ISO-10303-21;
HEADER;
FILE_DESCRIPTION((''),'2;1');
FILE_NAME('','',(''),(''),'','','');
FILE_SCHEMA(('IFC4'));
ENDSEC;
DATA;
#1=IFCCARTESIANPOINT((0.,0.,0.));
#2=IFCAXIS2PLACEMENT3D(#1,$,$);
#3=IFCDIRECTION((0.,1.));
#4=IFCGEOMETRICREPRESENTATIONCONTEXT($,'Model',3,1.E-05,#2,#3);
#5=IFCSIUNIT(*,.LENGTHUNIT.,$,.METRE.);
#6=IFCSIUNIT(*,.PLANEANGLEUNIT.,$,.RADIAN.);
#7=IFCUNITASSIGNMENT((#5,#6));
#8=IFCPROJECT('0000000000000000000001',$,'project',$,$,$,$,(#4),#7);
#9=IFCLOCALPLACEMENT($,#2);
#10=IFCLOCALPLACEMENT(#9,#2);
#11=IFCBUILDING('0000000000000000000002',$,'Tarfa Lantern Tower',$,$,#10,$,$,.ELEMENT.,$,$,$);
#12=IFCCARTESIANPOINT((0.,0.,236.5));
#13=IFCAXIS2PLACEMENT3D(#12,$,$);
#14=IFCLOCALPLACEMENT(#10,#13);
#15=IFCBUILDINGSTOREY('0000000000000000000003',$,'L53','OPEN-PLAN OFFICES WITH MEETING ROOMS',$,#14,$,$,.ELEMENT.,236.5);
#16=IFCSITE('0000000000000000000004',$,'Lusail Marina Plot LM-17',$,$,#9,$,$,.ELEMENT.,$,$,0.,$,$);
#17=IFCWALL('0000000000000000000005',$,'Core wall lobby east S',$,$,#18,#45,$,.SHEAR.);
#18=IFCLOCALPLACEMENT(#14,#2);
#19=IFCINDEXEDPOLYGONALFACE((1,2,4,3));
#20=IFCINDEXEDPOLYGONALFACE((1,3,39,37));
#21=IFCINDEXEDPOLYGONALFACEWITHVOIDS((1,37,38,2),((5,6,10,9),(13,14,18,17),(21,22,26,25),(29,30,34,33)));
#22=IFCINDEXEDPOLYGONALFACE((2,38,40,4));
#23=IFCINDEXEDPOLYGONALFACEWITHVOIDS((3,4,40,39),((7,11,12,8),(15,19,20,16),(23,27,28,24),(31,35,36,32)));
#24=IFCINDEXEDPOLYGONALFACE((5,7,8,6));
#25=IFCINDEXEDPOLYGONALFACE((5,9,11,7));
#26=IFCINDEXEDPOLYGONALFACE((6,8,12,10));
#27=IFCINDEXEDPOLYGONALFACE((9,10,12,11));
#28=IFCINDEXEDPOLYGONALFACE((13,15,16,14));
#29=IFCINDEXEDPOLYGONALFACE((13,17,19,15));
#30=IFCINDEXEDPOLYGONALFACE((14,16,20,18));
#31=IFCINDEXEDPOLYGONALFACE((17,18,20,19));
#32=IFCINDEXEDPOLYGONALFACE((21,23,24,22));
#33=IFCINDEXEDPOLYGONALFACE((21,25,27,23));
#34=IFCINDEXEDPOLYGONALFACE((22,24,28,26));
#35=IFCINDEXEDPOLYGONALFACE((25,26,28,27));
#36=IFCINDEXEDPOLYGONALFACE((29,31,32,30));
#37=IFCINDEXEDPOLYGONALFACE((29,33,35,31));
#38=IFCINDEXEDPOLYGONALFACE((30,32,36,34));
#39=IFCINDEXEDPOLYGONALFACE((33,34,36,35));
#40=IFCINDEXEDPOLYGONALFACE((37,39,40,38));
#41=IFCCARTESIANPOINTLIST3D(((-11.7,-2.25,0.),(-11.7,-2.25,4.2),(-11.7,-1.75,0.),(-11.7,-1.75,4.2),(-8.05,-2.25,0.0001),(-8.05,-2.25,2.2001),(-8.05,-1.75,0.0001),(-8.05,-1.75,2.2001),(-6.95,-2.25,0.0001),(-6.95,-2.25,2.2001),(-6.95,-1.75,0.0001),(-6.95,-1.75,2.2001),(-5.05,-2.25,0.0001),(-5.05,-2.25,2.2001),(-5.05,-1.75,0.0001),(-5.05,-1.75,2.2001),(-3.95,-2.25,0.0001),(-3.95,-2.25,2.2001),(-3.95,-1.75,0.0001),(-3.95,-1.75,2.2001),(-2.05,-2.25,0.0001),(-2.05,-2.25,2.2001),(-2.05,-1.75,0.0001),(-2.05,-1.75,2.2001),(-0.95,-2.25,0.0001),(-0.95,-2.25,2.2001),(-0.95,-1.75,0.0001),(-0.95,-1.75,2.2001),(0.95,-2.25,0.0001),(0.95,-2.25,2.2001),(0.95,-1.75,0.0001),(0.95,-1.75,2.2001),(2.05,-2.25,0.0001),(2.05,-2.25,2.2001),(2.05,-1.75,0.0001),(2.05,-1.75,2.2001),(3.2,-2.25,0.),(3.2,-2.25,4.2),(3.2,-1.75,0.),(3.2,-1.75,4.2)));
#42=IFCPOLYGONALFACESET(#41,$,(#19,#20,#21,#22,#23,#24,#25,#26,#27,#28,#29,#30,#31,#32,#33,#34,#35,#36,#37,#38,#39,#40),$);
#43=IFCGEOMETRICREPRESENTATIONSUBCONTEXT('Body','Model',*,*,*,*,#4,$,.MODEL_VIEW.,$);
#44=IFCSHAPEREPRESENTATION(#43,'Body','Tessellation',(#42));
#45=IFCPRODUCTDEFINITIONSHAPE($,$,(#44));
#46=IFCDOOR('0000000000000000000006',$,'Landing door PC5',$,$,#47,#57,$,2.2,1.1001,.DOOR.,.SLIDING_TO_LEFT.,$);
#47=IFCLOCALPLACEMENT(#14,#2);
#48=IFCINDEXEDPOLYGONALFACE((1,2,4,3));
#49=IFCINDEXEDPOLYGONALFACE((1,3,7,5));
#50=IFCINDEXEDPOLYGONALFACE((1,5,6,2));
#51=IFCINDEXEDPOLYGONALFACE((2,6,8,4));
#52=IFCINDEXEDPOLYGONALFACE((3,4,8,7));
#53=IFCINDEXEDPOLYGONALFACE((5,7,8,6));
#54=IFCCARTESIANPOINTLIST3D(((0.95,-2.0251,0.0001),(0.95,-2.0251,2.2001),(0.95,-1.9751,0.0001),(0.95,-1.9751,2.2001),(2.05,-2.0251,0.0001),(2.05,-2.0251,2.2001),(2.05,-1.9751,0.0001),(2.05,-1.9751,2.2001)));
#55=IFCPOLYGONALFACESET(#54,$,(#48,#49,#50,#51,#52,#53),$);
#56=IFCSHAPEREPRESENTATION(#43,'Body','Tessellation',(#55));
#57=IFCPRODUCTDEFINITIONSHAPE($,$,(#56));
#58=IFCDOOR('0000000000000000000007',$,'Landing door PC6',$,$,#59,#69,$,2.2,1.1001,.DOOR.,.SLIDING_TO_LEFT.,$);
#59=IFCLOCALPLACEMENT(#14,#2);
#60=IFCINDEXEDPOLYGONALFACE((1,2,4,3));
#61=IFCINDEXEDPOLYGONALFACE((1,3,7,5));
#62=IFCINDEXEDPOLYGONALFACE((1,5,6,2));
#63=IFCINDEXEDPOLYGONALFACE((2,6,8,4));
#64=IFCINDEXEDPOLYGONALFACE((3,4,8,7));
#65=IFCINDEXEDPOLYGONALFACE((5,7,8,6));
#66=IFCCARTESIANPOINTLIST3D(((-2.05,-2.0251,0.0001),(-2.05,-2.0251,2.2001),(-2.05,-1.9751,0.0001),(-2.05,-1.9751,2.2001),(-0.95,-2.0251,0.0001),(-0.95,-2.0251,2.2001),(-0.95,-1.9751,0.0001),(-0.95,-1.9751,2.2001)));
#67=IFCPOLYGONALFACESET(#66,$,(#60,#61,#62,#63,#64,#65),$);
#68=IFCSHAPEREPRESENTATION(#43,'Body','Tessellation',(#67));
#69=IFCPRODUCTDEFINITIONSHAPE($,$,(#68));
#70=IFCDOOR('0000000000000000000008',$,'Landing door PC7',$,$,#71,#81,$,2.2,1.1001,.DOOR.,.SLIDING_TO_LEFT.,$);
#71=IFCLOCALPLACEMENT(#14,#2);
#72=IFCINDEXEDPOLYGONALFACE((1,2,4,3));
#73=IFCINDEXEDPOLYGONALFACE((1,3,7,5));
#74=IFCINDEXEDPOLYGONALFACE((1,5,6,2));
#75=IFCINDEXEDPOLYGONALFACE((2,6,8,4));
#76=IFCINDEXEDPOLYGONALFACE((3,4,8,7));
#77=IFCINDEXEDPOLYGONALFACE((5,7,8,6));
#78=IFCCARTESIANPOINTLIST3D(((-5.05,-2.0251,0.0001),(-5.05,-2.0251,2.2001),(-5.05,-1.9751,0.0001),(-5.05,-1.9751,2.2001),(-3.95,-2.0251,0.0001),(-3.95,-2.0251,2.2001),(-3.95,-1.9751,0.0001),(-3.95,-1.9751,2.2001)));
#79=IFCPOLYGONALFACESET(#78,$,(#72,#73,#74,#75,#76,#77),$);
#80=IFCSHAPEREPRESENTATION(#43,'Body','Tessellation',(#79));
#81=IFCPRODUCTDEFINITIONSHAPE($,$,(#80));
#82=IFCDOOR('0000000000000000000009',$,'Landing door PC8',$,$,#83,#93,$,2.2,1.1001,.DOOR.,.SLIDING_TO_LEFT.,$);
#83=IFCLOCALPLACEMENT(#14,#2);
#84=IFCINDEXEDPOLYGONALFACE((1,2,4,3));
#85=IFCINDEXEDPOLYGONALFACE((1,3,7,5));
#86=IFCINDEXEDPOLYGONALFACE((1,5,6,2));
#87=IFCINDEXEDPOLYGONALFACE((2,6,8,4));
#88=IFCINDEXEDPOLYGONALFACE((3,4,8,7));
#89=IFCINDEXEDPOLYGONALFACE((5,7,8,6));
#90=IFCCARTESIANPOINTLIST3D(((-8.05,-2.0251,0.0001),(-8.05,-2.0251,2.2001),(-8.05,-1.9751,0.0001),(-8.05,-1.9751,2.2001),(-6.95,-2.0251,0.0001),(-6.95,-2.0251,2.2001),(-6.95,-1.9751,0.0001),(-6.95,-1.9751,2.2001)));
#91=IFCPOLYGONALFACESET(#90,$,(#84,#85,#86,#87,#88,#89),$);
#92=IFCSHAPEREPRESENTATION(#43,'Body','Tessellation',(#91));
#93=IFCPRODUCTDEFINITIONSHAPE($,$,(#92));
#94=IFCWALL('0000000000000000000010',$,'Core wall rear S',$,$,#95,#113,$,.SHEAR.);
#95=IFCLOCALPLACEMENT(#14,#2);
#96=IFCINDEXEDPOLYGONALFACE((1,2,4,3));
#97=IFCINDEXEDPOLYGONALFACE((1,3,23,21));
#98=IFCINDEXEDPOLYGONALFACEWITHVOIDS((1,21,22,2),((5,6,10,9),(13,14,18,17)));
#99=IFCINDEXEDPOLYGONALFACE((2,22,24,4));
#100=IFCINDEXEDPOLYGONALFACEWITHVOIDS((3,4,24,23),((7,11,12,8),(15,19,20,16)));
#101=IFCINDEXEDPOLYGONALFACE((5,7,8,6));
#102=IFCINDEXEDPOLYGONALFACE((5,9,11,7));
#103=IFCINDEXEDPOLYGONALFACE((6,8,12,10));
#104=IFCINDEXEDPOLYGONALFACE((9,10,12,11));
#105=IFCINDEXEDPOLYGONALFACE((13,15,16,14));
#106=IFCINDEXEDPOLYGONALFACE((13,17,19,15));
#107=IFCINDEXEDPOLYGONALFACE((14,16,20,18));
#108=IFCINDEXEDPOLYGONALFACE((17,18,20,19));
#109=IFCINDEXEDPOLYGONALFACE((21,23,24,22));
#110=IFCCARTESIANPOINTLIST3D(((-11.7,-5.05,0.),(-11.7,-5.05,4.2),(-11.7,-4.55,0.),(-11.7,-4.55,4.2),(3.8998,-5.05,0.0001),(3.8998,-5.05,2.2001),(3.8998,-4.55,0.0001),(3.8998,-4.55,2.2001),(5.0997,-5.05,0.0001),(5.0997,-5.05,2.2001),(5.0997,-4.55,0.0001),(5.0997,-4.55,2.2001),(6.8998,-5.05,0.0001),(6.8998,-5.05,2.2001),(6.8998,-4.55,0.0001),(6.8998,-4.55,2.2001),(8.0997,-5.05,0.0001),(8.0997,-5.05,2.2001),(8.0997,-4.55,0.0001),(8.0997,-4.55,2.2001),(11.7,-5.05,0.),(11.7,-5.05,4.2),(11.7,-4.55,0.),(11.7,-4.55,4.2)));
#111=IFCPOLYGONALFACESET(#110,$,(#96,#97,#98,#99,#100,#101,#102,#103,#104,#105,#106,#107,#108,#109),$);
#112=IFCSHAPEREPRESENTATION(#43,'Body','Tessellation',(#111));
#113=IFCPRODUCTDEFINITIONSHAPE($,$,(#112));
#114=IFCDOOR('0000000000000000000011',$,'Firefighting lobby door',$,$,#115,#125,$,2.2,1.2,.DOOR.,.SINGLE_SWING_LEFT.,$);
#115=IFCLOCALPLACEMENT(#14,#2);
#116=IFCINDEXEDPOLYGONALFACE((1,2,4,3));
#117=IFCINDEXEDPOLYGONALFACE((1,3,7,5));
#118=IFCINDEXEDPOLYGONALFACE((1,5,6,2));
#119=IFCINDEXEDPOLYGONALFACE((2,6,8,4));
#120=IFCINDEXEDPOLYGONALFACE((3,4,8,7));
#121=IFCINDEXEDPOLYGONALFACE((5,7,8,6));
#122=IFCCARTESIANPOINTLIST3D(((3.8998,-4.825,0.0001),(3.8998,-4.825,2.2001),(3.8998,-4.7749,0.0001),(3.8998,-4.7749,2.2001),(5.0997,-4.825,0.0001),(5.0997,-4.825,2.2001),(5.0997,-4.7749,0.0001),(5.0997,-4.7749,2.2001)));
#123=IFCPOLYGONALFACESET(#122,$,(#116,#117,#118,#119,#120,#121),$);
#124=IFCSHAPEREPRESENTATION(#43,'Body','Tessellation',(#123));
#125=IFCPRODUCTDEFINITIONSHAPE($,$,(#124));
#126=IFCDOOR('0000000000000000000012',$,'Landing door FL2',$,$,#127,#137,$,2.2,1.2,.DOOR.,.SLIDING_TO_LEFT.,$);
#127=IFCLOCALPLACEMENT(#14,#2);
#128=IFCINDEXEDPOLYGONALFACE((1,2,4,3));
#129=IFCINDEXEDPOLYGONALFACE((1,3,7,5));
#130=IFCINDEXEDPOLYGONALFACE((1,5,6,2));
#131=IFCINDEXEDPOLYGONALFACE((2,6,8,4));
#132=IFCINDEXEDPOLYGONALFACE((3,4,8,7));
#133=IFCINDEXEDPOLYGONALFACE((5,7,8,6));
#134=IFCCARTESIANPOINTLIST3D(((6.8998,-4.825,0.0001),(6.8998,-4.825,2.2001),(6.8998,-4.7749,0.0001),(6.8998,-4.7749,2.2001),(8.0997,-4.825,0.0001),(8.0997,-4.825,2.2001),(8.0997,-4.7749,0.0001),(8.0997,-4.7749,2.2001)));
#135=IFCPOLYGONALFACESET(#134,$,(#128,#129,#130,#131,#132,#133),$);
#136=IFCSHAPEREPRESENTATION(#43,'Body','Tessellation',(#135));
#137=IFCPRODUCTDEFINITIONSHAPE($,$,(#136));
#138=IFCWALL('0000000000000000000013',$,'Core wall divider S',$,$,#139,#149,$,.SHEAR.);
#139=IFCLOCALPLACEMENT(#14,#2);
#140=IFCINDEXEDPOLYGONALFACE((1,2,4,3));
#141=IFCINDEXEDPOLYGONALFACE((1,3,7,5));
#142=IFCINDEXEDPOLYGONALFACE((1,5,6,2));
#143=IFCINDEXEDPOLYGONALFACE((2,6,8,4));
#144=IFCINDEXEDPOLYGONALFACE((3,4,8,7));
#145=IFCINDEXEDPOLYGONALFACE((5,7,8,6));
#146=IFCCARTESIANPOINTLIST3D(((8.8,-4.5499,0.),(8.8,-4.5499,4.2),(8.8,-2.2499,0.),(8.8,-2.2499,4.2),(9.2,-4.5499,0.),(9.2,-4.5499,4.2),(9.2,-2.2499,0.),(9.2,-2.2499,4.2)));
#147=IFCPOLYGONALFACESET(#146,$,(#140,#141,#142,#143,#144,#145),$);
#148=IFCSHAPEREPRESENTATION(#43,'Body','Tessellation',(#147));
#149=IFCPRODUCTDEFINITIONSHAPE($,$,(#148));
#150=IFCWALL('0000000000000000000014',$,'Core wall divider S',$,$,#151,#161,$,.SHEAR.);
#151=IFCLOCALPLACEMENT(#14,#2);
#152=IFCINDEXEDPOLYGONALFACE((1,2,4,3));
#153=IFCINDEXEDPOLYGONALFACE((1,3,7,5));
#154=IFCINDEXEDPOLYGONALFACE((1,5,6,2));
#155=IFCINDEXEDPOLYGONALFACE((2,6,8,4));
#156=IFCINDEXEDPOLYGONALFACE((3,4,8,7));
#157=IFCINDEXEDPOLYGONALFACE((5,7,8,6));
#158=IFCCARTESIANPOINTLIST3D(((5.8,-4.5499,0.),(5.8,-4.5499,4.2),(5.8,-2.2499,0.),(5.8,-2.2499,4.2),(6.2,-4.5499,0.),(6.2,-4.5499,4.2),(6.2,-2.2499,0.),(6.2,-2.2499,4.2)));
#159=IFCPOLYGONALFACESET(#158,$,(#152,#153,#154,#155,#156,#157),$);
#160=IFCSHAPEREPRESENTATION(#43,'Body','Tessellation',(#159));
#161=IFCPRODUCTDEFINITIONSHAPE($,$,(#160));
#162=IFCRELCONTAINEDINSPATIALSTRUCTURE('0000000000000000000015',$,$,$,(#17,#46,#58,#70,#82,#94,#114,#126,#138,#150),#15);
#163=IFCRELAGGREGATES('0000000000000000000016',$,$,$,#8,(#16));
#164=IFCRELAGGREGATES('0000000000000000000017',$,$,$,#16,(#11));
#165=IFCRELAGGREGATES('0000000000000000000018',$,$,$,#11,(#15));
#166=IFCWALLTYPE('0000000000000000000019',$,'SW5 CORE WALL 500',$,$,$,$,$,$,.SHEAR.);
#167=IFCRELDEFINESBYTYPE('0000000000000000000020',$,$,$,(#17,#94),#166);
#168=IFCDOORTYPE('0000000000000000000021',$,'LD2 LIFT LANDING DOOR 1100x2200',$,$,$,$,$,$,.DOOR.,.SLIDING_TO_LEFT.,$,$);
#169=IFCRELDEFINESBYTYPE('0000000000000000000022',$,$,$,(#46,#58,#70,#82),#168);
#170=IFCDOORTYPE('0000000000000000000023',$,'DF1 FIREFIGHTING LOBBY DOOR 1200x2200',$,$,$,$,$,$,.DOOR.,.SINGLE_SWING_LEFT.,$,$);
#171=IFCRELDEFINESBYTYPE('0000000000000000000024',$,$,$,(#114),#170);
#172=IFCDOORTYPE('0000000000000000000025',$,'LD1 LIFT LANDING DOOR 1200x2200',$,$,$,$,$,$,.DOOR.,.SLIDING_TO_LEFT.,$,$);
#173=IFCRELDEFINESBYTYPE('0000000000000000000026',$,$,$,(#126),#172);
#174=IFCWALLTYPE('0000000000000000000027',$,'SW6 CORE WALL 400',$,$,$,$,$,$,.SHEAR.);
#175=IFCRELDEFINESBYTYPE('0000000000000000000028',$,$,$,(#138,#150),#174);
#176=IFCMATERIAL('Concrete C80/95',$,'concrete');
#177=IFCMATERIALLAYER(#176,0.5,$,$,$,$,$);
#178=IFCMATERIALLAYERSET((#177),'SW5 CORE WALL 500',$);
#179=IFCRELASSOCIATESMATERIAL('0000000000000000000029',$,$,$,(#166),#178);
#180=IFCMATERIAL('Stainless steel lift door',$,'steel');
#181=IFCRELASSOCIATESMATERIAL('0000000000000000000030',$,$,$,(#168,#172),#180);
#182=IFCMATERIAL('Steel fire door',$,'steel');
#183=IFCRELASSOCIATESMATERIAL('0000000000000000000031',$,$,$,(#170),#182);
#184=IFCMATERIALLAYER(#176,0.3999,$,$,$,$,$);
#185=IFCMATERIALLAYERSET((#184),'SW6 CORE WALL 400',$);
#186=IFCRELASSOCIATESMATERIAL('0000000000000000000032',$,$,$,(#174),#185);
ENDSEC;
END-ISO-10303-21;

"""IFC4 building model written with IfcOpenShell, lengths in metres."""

from ifc_helpers import new_model, si_unit, direction, frame, frame_2d, origin, place, context, subcontext, project, spatial, rectangle, extrude, material, layer, layer_set, type_object, element, fill, save


model = new_model("IFC4")

# Units and contexts
model_context = context("Model", 3, precision=1e-05, world=origin(), true_north=direction((0.0, 1.0)))
body_context = subcontext(model_context, "Body", "Model", "MODEL_VIEW")
ifc_project = project(units=[si_unit("LENGTHUNIT", "METRE"), si_unit("PLANEANGLEUNIT", "RADIAN")], contexts=[model_context])

# Site, building, storey
site_placement = place(None, origin())
site = spatial("IfcSite", under=ifc_project, at=site_placement, Name="Lusail Marina Plot LM-17", CompositionType="ELEMENT", RefElevation=0.0)
building_placement = place(site_placement, origin())
building = spatial("IfcBuilding", under=site, at=building_placement, Name="Tarfa Lantern Tower", CompositionType="ELEMENT")
storey_placement = place(building_placement, frame((0.0, 0.0, 236.5)))
storey = spatial("IfcBuildingStorey", under=building, at=storey_placement, Name="L53", Description="OPEN-PLAN OFFICES WITH MEETING ROOMS", CompositionType="ELEMENT", Elevation=236.5)

# Shared definitions
ifc_material_1 = material(Name="Concrete C80/95", Category="concrete")

# Shared definitions
ifc_material_2 = material(Name="Steel fire door", Category="steel")

# Shared definitions
ifc_layer_1 = layer(ifc_material_1, 0.5)
ifc_layer_set_1 = layer_set([ifc_layer_1], Name="SW5 CORE WALL 500")
wall_type_1 = type_object("IfcWallType", Name="SW5 CORE WALL 500", PredefinedType="SHEAR", material=ifc_layer_set_1)

# Walls, openings, doors
wall_1_placement = place(storey_placement, frame((3.2, -2.0, 0.0), z_axis=(0.0, 0.0, 1.0), x_axis=(-1.0, 0.0, 0.0)))
wall_1 = element("IfcWall", 1, at=wall_1_placement, inside=storey, type_object=wall_type_1, Name="Core wall lobby east S", PredefinedType="SHEAR", context=body_context, shape_type="SweptSolid", body=[
    extrude(rectangle(XDim=14.8999, YDim=0.5, at=frame_2d((7.45, 0.0))), origin(), (0.0, 0.0, 1.0), 4.2),
])
opening_1_placement = place(wall_1_placement, frame((1.1499, 0.0, 0.0)))
opening_1 = element("IfcOpeningElement", 2, at=opening_1_placement, cuts=wall_1, PredefinedType="OPENING", context=body_context, shape_type="SweptSolid", body=[
    extrude(rectangle(XDim=1.1001, YDim=2.2, at=frame_2d((0.55, 1.1001))), frame((0.0, 0.26, 0.0), z_axis=(0.0, -1.0, 0.0), x_axis=(1.0, 0.0, 0.0)), (0.0, 0.0, 1.0), 0.52),
])
opening_2_placement = place(wall_1_placement, frame((4.1499, 0.0, 0.0)))
opening_2 = element("IfcOpeningElement", 3, at=opening_2_placement, cuts=wall_1, PredefinedType="OPENING", context=body_context, shape_type="SweptSolid", body=[
    extrude(rectangle(XDim=1.1001, YDim=2.2, at=frame_2d((0.55, 1.1001))), frame((0.0, 0.26, 0.0), z_axis=(0.0, -1.0, 0.0), x_axis=(1.0, 0.0, 0.0)), (0.0, 0.0, 1.0), 0.52),
])
opening_3_placement = place(wall_1_placement, frame((7.1499, 0.0, 0.0)))
opening_3 = element("IfcOpeningElement", 4, at=opening_3_placement, cuts=wall_1, PredefinedType="OPENING", context=body_context, shape_type="SweptSolid", body=[
    extrude(rectangle(XDim=1.1001, YDim=2.2, at=frame_2d((0.55, 1.1001))), frame((0.0, 0.26, 0.0), z_axis=(0.0, -1.0, 0.0), x_axis=(1.0, 0.0, 0.0)), (0.0, 0.0, 1.0), 0.52),
])
opening_4_placement = place(wall_1_placement, frame((10.1499, 0.0, 0.0)))
opening_4 = element("IfcOpeningElement", 5, at=opening_4_placement, cuts=wall_1, PredefinedType="OPENING", context=body_context, shape_type="SweptSolid", body=[
    extrude(rectangle(XDim=1.1001, YDim=2.2, at=frame_2d((0.55, 1.1001))), frame((0.0, 0.26, 0.0), z_axis=(0.0, -1.0, 0.0), x_axis=(1.0, 0.0, 0.0)), (0.0, 0.0, 1.0), 0.52),
])
ifc_material_3 = material(Name="Stainless steel lift door", Category="steel")
door_type_1 = type_object("IfcDoorType", Name="LD2 LIFT LANDING DOOR 1100x2200", OperationType="SLIDING_TO_LEFT", PredefinedType="DOOR", material=ifc_material_3)
door_1_placement = place(opening_1_placement, frame((1.1001, 0.0, 0.0), z_axis=(0.0, 0.0, 1.0), x_axis=(-1.0, 0.0, 0.0)))
door_1 = element("IfcDoor", 6, at=door_1_placement, inside=storey, type_object=door_type_1, Name="Landing door PC5", OperationType="SLIDING_TO_LEFT", OverallHeight=2.2, OverallWidth=1.1001, PredefinedType="DOOR", context=body_context, shape_type="SweptSolid", body=[
    extrude(rectangle(XDim=1.1001, YDim=2.2, at=frame_2d((0.55, 1.1001))), frame((0.0, 0.0249, 0.0), z_axis=(0.0, -1.0, 0.0), x_axis=(1.0, 0.0, 0.0)), (0.0, 0.0, 1.0), 0.05),
])
fill(opening_1, door_1)
door_2_placement = place(opening_2_placement, frame((1.1001, 0.0, 0.0), z_axis=(0.0, 0.0, 1.0), x_axis=(-1.0, 0.0, 0.0)))
door_2 = element("IfcDoor", 7, at=door_2_placement, inside=storey, type_object=door_type_1, Name="Landing door PC6", OperationType="SLIDING_TO_LEFT", OverallHeight=2.2, OverallWidth=1.1001, PredefinedType="DOOR", context=body_context, shape_type="SweptSolid", body=[
    extrude(rectangle(XDim=1.1001, YDim=2.2, at=frame_2d((0.55, 1.1001))), frame((0.0, 0.0249, 0.0), z_axis=(0.0, -1.0, 0.0), x_axis=(1.0, 0.0, 0.0)), (0.0, 0.0, 1.0), 0.05),
])
fill(opening_2, door_2)
door_3_placement = place(opening_3_placement, frame((1.1001, 0.0, 0.0), z_axis=(0.0, 0.0, 1.0), x_axis=(-1.0, 0.0, 0.0)))
door_3 = element("IfcDoor", 8, at=door_3_placement, inside=storey, type_object=door_type_1, Name="Landing door PC7", OperationType="SLIDING_TO_LEFT", OverallHeight=2.2, OverallWidth=1.1001, PredefinedType="DOOR", context=body_context, shape_type="SweptSolid", body=[
    extrude(rectangle(XDim=1.1001, YDim=2.2, at=frame_2d((0.55, 1.1001))), frame((0.0, 0.0249, 0.0), z_axis=(0.0, -1.0, 0.0), x_axis=(1.0, 0.0, 0.0)), (0.0, 0.0, 1.0), 0.05),
])
fill(opening_3, door_3)
door_4_placement = place(opening_4_placement, frame((1.1001, 0.0, 0.0), z_axis=(0.0, 0.0, 1.0), x_axis=(-1.0, 0.0, 0.0)))
door_4 = element("IfcDoor", 9, at=door_4_placement, inside=storey, type_object=door_type_1, Name="Landing door PC8", OperationType="SLIDING_TO_LEFT", OverallHeight=2.2, OverallWidth=1.1001, PredefinedType="DOOR", context=body_context, shape_type="SweptSolid", body=[
    extrude(rectangle(XDim=1.1001, YDim=2.2, at=frame_2d((0.55, 1.1001))), frame((0.0, 0.0249, 0.0), z_axis=(0.0, -1.0, 0.0), x_axis=(1.0, 0.0, 0.0)), (0.0, 0.0, 1.0), 0.05),
])
fill(opening_4, door_4)
wall_2_placement = place(storey_placement, frame((11.7, -4.8, 0.0), z_axis=(0.0, 0.0, 1.0), x_axis=(-1.0, 0.0, 0.0)))
wall_2 = element("IfcWall", 10, at=wall_2_placement, inside=storey, type_object=wall_type_1, Name="Core wall rear S", PredefinedType="SHEAR", context=body_context, shape_type="SweptSolid", body=[
    extrude(rectangle(XDim=23.3999, YDim=0.5, at=frame_2d((11.7, 0.0))), origin(), (0.0, 0.0, 1.0), 4.2),
])
opening_5_placement = place(wall_2_placement, frame((6.6001, 0.0, 0.0)))
opening_5 = element("IfcOpeningElement", 11, at=opening_5_placement, cuts=wall_2, PredefinedType="OPENING", context=body_context, shape_type="SweptSolid", body=[
    extrude(rectangle(XDim=1.2, YDim=2.2, at=frame_2d((0.6001, 1.1001))), frame((0.0, 0.26, 0.0), z_axis=(0.0, -1.0, 0.0), x_axis=(1.0, 0.0, 0.0)), (0.0, 0.0, 1.0), 0.52),
])
opening_6_placement = place(wall_2_placement, frame((3.6001, 0.0, 0.0)))
opening_6 = element("IfcOpeningElement", 12, at=opening_6_placement, cuts=wall_2, PredefinedType="OPENING", context=body_context, shape_type="SweptSolid", body=[
    extrude(rectangle(XDim=1.2, YDim=2.2, at=frame_2d((0.6001, 1.1001))), frame((0.0, 0.26, 0.0), z_axis=(0.0, -1.0, 0.0), x_axis=(1.0, 0.0, 0.0)), (0.0, 0.0, 1.0), 0.52),
])
door_type_2 = type_object("IfcDoorType", Name="DF1 FIREFIGHTING LOBBY DOOR 1200x2200", OperationType="SINGLE_SWING_LEFT", PredefinedType="DOOR", material=ifc_material_2)
door_5_placement = place(opening_5_placement, origin())
door_5 = element("IfcDoor", 13, at=door_5_placement, inside=storey, type_object=door_type_2, Name="Firefighting lobby door", OperationType="SINGLE_SWING_LEFT", OverallHeight=2.2, OverallWidth=1.2, PredefinedType="DOOR", context=body_context, shape_type="SweptSolid", body=[
    extrude(rectangle(XDim=1.2, YDim=2.2, at=frame_2d((0.6001, 1.1001))), frame((0.0, 0.0249, 0.0), z_axis=(0.0, -1.0, 0.0), x_axis=(1.0, 0.0, 0.0)), (0.0, 0.0, 1.0), 0.05),
])
fill(opening_5, door_5)
door_type_3 = type_object("IfcDoorType", Name="LD1 LIFT LANDING DOOR 1200x2200", OperationType="SLIDING_TO_LEFT", PredefinedType="DOOR", material=ifc_material_3)
door_6_placement = place(opening_6_placement, origin())
door_6 = element("IfcDoor", 14, at=door_6_placement, inside=storey, type_object=door_type_3, Name="Landing door FL2", OperationType="SLIDING_TO_LEFT", OverallHeight=2.2, OverallWidth=1.2, PredefinedType="DOOR", context=body_context, shape_type="SweptSolid", body=[
    extrude(rectangle(XDim=1.2, YDim=2.2, at=frame_2d((0.6001, 1.1001))), frame((0.0, 0.0249, 0.0), z_axis=(0.0, -1.0, 0.0), x_axis=(1.0, 0.0, 0.0)), (0.0, 0.0, 1.0), 0.05),
])
fill(opening_6, door_6)

# Walls
ifc_layer_2 = layer(ifc_material_1, 0.3999)
ifc_layer_set_2 = layer_set([ifc_layer_2], Name="SW6 CORE WALL 400")
wall_type_2 = type_object("IfcWallType", Name="SW6 CORE WALL 400", PredefinedType="SHEAR", material=ifc_layer_set_2)
for number, where, z_axis, x_axis, name in (
    (15, (9.0, -2.25, 0.0), (0.0, 0.0, 1.0), (0.0, -1.0, 0.0), "Core wall divider S"),
    (16, (6.0, -2.25, 0.0), (0.0, 0.0, 1.0), (0.0, -1.0, 0.0), "Core wall divider S"),
):
    element("IfcWall", number, at=place(storey_placement, frame(where, z_axis=z_axis, x_axis=x_axis)), inside=storey, type_object=wall_type_2, Name=name, PredefinedType="SHEAR", context=body_context, shape_type="SweptSolid", body=[
        extrude(rectangle(XDim=2.3, YDim=0.3999, at=frame_2d((1.1499, 0.0))), origin(), (0.0, 0.0, 1.0), 4.2),
    ])

save(model, "model.ifc")
